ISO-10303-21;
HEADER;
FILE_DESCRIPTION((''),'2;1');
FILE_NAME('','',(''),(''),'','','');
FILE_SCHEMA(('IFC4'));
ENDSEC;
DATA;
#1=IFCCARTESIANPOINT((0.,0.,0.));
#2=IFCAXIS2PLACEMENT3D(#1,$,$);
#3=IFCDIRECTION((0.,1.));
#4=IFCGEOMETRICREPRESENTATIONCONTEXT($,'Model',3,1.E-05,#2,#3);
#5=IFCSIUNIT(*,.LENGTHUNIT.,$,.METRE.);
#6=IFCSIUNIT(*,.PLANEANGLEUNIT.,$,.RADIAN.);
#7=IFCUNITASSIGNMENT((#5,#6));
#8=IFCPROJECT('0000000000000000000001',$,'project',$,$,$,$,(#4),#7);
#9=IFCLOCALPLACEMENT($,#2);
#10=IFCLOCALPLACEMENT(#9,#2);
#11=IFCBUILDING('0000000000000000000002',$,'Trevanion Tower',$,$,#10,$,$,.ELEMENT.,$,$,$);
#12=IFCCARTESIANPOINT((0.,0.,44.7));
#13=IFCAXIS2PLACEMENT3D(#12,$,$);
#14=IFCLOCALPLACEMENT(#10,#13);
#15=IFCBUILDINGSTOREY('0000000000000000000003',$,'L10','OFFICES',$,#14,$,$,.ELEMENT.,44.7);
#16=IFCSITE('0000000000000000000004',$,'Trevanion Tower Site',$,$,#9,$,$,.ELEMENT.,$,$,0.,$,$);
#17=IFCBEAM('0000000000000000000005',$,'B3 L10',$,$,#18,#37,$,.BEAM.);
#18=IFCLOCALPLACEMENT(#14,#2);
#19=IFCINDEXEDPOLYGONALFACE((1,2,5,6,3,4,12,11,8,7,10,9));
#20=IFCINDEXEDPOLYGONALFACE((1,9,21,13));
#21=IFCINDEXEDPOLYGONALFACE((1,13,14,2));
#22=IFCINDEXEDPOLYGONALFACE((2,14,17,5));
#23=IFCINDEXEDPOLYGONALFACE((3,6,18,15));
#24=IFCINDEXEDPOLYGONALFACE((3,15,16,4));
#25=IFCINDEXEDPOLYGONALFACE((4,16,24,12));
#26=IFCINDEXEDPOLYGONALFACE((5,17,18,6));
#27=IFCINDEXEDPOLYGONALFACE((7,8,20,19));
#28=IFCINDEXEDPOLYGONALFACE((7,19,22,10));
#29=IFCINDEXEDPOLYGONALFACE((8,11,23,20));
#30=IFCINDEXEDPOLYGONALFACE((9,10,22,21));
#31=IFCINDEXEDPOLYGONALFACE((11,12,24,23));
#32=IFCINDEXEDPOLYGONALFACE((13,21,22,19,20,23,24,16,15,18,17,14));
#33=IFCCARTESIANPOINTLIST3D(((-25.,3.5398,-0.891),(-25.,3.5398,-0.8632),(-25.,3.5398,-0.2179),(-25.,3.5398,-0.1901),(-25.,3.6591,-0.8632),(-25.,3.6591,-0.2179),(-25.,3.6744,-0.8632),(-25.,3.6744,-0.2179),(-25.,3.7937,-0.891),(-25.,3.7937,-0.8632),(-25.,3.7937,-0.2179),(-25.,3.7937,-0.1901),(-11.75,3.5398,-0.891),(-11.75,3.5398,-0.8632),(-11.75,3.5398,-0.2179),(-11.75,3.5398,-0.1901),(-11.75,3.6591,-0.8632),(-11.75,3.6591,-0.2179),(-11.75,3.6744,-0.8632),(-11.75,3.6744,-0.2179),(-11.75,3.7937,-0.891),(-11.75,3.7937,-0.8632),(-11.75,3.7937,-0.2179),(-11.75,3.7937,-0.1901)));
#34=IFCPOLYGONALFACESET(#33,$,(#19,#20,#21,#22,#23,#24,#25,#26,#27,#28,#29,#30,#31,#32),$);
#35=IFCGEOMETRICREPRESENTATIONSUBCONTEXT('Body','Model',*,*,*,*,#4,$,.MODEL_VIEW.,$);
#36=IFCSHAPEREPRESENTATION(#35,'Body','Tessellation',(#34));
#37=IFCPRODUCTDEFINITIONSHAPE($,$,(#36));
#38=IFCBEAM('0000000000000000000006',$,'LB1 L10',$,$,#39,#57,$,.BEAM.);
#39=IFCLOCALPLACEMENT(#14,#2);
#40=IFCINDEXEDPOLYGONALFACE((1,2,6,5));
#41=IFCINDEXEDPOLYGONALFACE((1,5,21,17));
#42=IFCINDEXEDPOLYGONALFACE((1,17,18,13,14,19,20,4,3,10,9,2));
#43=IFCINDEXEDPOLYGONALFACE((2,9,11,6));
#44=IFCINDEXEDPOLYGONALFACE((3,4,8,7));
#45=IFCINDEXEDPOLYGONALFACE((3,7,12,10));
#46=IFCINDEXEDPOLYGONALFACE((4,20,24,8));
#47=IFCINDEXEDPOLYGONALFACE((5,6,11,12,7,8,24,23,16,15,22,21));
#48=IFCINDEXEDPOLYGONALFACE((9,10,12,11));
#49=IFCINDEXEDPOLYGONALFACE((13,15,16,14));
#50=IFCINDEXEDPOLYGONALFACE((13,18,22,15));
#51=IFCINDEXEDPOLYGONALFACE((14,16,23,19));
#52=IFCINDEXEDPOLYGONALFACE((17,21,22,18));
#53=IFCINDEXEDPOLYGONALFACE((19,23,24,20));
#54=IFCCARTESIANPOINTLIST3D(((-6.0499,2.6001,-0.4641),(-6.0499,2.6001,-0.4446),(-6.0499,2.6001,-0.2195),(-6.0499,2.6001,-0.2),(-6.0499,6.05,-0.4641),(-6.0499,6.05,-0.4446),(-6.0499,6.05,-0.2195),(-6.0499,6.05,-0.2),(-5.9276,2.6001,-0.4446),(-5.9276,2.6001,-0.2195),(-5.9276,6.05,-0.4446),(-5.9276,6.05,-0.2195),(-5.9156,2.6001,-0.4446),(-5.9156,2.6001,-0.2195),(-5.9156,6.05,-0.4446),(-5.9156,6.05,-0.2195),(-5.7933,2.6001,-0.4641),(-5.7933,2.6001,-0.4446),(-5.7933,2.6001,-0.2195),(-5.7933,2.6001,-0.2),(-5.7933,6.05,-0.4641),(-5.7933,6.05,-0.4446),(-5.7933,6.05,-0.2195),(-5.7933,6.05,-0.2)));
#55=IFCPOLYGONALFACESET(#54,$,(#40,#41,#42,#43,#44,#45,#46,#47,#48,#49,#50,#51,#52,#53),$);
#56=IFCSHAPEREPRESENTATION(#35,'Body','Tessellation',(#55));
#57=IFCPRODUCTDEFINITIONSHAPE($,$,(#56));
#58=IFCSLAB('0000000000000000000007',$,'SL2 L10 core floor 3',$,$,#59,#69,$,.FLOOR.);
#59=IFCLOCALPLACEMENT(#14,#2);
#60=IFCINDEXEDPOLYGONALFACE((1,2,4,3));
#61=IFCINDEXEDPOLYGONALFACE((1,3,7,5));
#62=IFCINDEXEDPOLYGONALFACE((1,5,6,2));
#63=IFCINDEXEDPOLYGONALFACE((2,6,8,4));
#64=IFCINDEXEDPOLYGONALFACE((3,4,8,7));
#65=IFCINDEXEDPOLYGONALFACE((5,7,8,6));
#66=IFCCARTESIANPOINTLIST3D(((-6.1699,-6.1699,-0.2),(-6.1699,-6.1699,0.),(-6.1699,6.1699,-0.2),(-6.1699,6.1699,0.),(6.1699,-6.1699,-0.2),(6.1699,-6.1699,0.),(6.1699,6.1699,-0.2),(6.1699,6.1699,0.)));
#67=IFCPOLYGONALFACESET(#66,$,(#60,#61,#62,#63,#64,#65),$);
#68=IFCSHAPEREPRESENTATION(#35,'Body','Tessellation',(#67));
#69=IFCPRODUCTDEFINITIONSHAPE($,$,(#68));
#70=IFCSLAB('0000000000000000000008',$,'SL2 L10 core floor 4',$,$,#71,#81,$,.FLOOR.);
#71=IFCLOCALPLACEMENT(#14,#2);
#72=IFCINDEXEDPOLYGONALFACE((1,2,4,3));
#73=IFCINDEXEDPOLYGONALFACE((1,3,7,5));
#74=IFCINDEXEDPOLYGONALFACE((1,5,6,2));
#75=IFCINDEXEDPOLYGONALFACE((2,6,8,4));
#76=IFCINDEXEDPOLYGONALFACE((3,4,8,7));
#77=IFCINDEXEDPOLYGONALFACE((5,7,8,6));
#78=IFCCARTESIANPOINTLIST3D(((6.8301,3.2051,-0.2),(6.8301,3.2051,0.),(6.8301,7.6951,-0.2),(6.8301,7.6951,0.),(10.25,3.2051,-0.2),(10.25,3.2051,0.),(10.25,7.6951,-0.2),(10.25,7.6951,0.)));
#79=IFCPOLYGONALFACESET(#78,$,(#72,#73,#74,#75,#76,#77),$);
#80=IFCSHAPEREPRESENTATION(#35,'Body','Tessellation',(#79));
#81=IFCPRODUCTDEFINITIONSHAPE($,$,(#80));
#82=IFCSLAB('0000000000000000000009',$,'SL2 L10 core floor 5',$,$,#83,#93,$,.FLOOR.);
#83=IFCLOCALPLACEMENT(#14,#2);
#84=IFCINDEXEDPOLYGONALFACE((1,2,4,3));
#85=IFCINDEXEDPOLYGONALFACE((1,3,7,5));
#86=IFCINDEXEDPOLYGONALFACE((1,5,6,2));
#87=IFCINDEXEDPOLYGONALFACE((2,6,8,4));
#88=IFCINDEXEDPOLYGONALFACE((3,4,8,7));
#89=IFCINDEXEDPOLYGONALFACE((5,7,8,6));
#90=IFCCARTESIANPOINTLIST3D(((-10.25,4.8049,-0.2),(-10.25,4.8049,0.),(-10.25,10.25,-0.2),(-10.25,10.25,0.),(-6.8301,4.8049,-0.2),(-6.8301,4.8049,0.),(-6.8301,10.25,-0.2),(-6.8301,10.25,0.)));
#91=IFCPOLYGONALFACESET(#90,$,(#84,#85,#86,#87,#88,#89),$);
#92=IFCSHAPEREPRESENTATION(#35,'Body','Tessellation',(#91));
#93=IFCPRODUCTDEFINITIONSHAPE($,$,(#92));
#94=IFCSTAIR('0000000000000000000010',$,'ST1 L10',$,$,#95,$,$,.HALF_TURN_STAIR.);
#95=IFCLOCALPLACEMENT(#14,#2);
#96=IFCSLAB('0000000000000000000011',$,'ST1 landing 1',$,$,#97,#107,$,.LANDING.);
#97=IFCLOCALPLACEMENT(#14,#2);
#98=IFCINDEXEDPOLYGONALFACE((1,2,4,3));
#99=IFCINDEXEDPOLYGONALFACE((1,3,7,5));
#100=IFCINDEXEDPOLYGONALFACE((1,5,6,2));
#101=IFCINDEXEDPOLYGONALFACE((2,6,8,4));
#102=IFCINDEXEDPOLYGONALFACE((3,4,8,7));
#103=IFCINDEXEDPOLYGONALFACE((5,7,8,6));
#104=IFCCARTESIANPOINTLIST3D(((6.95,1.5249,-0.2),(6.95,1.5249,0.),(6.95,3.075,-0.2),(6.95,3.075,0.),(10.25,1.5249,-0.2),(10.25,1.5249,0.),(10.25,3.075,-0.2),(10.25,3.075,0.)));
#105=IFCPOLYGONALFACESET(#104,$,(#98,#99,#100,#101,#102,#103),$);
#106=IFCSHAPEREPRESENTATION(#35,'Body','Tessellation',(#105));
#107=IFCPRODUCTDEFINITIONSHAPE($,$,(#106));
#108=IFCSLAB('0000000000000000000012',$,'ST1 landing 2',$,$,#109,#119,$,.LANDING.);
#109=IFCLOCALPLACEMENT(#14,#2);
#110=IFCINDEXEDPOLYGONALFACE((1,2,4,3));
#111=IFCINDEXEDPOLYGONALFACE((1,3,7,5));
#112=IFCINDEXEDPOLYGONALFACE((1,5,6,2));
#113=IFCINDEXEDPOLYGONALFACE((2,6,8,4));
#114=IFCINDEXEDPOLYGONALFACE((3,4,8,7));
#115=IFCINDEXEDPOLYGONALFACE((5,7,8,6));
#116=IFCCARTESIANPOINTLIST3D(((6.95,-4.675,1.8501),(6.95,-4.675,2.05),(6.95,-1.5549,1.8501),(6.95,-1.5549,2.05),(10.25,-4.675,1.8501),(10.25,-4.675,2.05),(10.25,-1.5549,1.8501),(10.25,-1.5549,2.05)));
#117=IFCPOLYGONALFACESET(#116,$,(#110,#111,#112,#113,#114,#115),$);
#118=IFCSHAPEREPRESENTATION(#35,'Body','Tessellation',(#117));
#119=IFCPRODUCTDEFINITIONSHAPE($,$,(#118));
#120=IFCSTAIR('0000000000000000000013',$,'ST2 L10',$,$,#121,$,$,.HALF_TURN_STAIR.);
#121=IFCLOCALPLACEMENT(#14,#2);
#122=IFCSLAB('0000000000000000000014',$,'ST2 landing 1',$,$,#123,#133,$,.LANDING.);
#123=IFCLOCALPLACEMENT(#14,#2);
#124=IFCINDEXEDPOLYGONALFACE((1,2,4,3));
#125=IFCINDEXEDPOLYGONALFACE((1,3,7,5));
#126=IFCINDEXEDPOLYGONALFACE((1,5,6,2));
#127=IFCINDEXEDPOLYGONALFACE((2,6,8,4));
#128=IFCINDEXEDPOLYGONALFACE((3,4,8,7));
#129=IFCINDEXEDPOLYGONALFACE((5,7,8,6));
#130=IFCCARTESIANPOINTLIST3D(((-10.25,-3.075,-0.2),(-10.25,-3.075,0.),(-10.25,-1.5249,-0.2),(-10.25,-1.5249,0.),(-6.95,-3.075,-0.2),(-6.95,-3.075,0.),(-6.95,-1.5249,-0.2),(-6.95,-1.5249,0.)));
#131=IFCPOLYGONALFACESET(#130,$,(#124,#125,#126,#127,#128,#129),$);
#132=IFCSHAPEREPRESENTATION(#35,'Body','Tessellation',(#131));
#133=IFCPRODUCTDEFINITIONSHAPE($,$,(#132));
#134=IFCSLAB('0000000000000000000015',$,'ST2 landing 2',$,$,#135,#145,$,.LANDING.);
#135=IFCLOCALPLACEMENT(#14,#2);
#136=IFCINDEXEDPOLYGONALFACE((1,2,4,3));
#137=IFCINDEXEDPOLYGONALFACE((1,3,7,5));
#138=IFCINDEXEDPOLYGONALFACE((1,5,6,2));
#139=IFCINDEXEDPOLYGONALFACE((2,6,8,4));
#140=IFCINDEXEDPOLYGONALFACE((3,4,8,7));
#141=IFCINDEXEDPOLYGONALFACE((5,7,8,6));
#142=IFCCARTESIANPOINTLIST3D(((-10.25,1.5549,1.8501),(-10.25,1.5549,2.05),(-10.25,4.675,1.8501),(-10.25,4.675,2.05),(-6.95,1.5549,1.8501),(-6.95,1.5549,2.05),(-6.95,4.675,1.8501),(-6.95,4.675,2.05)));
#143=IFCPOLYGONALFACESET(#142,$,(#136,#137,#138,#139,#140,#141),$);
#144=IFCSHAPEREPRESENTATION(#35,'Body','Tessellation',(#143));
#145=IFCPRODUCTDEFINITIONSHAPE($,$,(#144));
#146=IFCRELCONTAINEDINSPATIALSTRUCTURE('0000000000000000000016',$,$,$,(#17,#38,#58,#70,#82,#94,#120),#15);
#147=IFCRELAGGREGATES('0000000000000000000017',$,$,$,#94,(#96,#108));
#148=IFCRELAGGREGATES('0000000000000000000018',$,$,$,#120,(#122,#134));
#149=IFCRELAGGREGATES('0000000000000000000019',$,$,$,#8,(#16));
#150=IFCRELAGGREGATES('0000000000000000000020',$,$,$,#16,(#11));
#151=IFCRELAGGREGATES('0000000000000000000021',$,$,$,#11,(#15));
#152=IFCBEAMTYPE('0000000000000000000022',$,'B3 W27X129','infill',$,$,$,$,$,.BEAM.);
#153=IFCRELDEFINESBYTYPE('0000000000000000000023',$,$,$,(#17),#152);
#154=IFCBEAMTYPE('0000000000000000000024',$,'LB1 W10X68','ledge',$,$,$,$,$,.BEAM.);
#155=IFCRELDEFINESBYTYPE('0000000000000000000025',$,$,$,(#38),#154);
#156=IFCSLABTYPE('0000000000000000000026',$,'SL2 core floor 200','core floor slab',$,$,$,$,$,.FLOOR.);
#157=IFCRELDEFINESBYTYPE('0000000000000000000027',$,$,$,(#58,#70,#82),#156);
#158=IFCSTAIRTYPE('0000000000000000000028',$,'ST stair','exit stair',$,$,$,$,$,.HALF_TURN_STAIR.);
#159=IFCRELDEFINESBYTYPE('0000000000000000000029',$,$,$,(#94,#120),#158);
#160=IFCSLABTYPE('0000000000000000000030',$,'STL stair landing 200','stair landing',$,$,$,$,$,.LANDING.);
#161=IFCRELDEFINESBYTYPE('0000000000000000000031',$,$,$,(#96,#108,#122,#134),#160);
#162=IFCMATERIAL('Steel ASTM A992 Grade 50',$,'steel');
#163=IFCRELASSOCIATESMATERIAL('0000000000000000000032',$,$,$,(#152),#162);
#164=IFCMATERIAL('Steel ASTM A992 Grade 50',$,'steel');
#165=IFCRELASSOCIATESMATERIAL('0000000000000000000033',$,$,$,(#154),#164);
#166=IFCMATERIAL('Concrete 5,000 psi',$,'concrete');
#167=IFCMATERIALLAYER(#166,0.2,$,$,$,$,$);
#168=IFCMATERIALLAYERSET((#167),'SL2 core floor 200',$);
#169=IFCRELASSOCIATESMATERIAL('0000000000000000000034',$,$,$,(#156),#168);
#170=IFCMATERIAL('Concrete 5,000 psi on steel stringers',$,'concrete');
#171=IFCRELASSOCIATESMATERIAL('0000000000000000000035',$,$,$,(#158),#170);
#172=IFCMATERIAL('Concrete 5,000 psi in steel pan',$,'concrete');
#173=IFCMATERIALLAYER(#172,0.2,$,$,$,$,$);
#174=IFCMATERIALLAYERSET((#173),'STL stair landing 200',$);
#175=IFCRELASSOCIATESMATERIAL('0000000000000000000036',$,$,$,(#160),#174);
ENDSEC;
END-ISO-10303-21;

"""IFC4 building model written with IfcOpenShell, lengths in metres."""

from ifc_helpers import new_model, si_unit, direction, frame, origin, origin_2d, place, context, subcontext, project, spatial, polyline, i_section, outline, extrude, material, layer, layer_set, material_profile, profile_set, type_object, element, aggregate, save


model = new_model("IFC4")

# Units and contexts
model_context = context("Model", 3, precision=1e-05, world=origin(), true_north=direction((0.0, 1.0)))
body_context = subcontext(model_context, "Body", "Model", "MODEL_VIEW")
ifc_project = project(units=[si_unit("LENGTHUNIT", "METRE"), si_unit("PLANEANGLEUNIT", "RADIAN")], contexts=[model_context])

# Site, building, storey
site_placement = place(None, origin())
site = spatial("IfcSite", under=ifc_project, at=site_placement, Name="Trevanion Tower Site", CompositionType="ELEMENT", RefElevation=0.0)
building_placement = place(site_placement, origin())
building = spatial("IfcBuilding", under=site, at=building_placement, Name="Trevanion Tower", CompositionType="ELEMENT")
storey_placement = place(building_placement, frame((0.0, 0.0, 44.7)))
storey = spatial("IfcBuildingStorey", under=building, at=storey_placement, Name="L10", Description="OFFICES", CompositionType="ELEMENT", Elevation=44.7)

# Beams
ifc_material_1 = material(Name="Steel ASTM A992 Grade 50", Category="steel")
ifc_material_profile_1 = material_profile(ifc_material_1, i_section(OverallWidth=0.2539, OverallDepth=0.7009, WebThickness=0.0154, FlangeThickness=0.0278, at=origin_2d()), Name="W27X129")
ifc_profile_set_1 = profile_set([ifc_material_profile_1], Name="Steel ASTM A992 Grade 50")
beam_type_1 = type_object("IfcBeamType", Name="B3 W27X129", Description="infill", PredefinedType="BEAM", material=ifc_profile_set_1)
beam_1_placement = place(storey_placement, frame((-11.75, 3.6667, -0.5405), z_axis=(-1.0, 0.0, 0.0), x_axis=(0.0, -1.0, 0.0)))
element("IfcBeam", 1, at=beam_1_placement, inside=storey, type_object=beam_type_1, Name="B3 L10", PredefinedType="BEAM", context=body_context, shape_type="SweptSolid", body=[
    extrude(i_section(OverallWidth=0.2539, OverallDepth=0.7009, WebThickness=0.0154, FlangeThickness=0.0278, at=origin_2d()), origin(), (0.0, 0.0, 1.0), 13.25),
])
ifc_material_2 = material(Name="Steel ASTM A992 Grade 50", Category="steel")
ifc_material_profile_2 = material_profile(ifc_material_2, i_section(OverallWidth=0.2566, OverallDepth=0.2642, WebThickness=0.012, FlangeThickness=0.0195, at=origin_2d()), Name="W10X68")
ifc_profile_set_2 = profile_set([ifc_material_profile_2], Name="Steel ASTM A992 Grade 50")
beam_type_2 = type_object("IfcBeamType", Name="LB1 W10X68", Description="ledge", PredefinedType="BEAM", material=ifc_profile_set_2)
beam_2_placement = place(storey_placement, frame((-5.9216, 2.6001, -0.332), z_axis=(0.0, 1.0, 0.0), x_axis=(-1.0, 0.0, 0.0)))
element("IfcBeam", 2, at=beam_2_placement, inside=storey, type_object=beam_type_2, Name="LB1 L10", PredefinedType="BEAM", context=body_context, shape_type="SweptSolid", body=[
    extrude(i_section(OverallWidth=0.2566, OverallDepth=0.2642, WebThickness=0.012, FlangeThickness=0.0195, at=origin_2d()), origin(), (0.0, 0.0, 1.0), 3.45),
])

# Slabs
ifc_material_3 = material(Name="Concrete 5,000 psi", Category="concrete")
ifc_layer_1 = layer(ifc_material_3, 0.2)
ifc_layer_set_1 = layer_set([ifc_layer_1], Name="SL2 core floor 200")
slab_type_1 = type_object("IfcSlabType", Name="SL2 core floor 200", Description="core floor slab", PredefinedType="FLOOR", material=ifc_layer_set_1)
slab_1_placement = place(storey_placement, frame((0.0, 0.0, -0.2)))
element("IfcSlab", 3, at=slab_1_placement, inside=storey, type_object=slab_type_1, Name="SL2 L10 core floor 3", PredefinedType="FLOOR", context=body_context, shape_type="SweptSolid", body=[
    extrude(outline(polyline([(6.1699, -6.1699), (-6.1699, -6.1699), (-6.1699, 6.1699), (6.1699, 6.1699), (6.1699, -6.1699)])), origin(), (0.0, 0.0, 1.0), 0.2),
])
slab_2_placement = place(storey_placement, frame((0.0, 0.0, -0.2)))
element("IfcSlab", 4, at=slab_2_placement, inside=storey, type_object=slab_type_1, Name="SL2 L10 core floor 4", PredefinedType="FLOOR", context=body_context, shape_type="SweptSolid", body=[
    extrude(outline(polyline([(6.8301, 3.2051), (6.8301, 7.6951), (10.25, 7.6951), (10.25, 3.2051), (6.8301, 3.2051)])), origin(), (0.0, 0.0, 1.0), 0.2),
])
slab_3_placement = place(storey_placement, frame((0.0, 0.0, -0.2)))
element("IfcSlab", 5, at=slab_3_placement, inside=storey, type_object=slab_type_1, Name="SL2 L10 core floor 5", PredefinedType="FLOOR", context=body_context, shape_type="SweptSolid", body=[
    extrude(outline(polyline([(-6.8301, 4.8049), (-10.25, 4.8049), (-10.25, 10.25), (-6.8301, 10.25), (-6.8301, 4.8049)])), origin(), (0.0, 0.0, 1.0), 0.2),
])

# Stairs, slabs
ifc_material_4 = material(Name="Concrete 5,000 psi on steel stringers", Category="concrete")
stair_type = type_object("IfcStairType", Name="ST stair", Description="exit stair", PredefinedType="HALF_TURN_STAIR", material=ifc_material_4)
stair_1_placement = place(storey_placement, origin())
stair_1 = element("IfcStair", 6, at=stair_1_placement, inside=storey, type_object=stair_type, Name="ST1 L10", PredefinedType="HALF_TURN_STAIR")
ifc_material_5 = material(Name="Concrete 5,000 psi in steel pan", Category="concrete")
ifc_layer_2 = layer(ifc_material_5, 0.2)
ifc_layer_set_2 = layer_set([ifc_layer_2], Name="STL stair landing 200")
slab_type_2 = type_object("IfcSlabType", Name="STL stair landing 200", Description="stair landing", PredefinedType="LANDING", material=ifc_layer_set_2)
slab_4_placement = place(storey_placement, frame((0.0, 0.0, -0.2)))
slab_4 = element("IfcSlab", 7, at=slab_4_placement, type_object=slab_type_2, Name="ST1 landing 1", PredefinedType="LANDING", context=body_context, shape_type="SweptSolid", body=[
    extrude(outline(polyline([(6.95, 1.5249), (10.25, 1.5249), (10.25, 3.075), (6.95, 3.075), (6.95, 1.5249)])), origin(), (0.0, 0.0, 1.0), 0.2),
])
slab_5_placement = place(storey_placement, frame((0.0, 0.0, 1.8501)))
slab_5 = element("IfcSlab", 8, at=slab_5_placement, type_object=slab_type_2, Name="ST1 landing 2", PredefinedType="LANDING", context=body_context, shape_type="SweptSolid", body=[
    extrude(outline(polyline([(6.95, -4.675), (10.25, -4.675), (10.25, -1.5549), (6.95, -1.5549), (6.95, -4.675)])), origin(), (0.0, 0.0, 1.0), 0.2),
])
aggregate(stair_1, [slab_4, slab_5])
stair_2_placement = place(storey_placement, origin())
stair_2 = element("IfcStair", 9, at=stair_2_placement, inside=storey, type_object=stair_type, Name="ST2 L10", PredefinedType="HALF_TURN_STAIR")
slab_6_placement = place(storey_placement, frame((0.0, 0.0, -0.2)))
slab_6 = element("IfcSlab", 10, at=slab_6_placement, type_object=slab_type_2, Name="ST2 landing 1", PredefinedType="LANDING", context=body_context, shape_type="SweptSolid", body=[
    extrude(outline(polyline([(-6.95, -1.5249), (-10.25, -1.5249), (-10.25, -3.075), (-6.95, -3.075), (-6.95, -1.5249)])), origin(), (0.0, 0.0, 1.0), 0.2),
])
slab_7_placement = place(storey_placement, frame((0.0, 0.0, 1.8501)))
slab_7 = element("IfcSlab", 11, at=slab_7_placement, type_object=slab_type_2, Name="ST2 landing 2", PredefinedType="LANDING", context=body_context, shape_type="SweptSolid", body=[
    extrude(outline(polyline([(-6.95, 4.675), (-10.25, 4.675), (-10.25, 1.5549), (-6.95, 1.5549), (-6.95, 4.675)])), origin(), (0.0, 0.0, 1.0), 0.2),
])

aggregate(stair_2, [slab_6, slab_7])

save(model, "model.ifc")
